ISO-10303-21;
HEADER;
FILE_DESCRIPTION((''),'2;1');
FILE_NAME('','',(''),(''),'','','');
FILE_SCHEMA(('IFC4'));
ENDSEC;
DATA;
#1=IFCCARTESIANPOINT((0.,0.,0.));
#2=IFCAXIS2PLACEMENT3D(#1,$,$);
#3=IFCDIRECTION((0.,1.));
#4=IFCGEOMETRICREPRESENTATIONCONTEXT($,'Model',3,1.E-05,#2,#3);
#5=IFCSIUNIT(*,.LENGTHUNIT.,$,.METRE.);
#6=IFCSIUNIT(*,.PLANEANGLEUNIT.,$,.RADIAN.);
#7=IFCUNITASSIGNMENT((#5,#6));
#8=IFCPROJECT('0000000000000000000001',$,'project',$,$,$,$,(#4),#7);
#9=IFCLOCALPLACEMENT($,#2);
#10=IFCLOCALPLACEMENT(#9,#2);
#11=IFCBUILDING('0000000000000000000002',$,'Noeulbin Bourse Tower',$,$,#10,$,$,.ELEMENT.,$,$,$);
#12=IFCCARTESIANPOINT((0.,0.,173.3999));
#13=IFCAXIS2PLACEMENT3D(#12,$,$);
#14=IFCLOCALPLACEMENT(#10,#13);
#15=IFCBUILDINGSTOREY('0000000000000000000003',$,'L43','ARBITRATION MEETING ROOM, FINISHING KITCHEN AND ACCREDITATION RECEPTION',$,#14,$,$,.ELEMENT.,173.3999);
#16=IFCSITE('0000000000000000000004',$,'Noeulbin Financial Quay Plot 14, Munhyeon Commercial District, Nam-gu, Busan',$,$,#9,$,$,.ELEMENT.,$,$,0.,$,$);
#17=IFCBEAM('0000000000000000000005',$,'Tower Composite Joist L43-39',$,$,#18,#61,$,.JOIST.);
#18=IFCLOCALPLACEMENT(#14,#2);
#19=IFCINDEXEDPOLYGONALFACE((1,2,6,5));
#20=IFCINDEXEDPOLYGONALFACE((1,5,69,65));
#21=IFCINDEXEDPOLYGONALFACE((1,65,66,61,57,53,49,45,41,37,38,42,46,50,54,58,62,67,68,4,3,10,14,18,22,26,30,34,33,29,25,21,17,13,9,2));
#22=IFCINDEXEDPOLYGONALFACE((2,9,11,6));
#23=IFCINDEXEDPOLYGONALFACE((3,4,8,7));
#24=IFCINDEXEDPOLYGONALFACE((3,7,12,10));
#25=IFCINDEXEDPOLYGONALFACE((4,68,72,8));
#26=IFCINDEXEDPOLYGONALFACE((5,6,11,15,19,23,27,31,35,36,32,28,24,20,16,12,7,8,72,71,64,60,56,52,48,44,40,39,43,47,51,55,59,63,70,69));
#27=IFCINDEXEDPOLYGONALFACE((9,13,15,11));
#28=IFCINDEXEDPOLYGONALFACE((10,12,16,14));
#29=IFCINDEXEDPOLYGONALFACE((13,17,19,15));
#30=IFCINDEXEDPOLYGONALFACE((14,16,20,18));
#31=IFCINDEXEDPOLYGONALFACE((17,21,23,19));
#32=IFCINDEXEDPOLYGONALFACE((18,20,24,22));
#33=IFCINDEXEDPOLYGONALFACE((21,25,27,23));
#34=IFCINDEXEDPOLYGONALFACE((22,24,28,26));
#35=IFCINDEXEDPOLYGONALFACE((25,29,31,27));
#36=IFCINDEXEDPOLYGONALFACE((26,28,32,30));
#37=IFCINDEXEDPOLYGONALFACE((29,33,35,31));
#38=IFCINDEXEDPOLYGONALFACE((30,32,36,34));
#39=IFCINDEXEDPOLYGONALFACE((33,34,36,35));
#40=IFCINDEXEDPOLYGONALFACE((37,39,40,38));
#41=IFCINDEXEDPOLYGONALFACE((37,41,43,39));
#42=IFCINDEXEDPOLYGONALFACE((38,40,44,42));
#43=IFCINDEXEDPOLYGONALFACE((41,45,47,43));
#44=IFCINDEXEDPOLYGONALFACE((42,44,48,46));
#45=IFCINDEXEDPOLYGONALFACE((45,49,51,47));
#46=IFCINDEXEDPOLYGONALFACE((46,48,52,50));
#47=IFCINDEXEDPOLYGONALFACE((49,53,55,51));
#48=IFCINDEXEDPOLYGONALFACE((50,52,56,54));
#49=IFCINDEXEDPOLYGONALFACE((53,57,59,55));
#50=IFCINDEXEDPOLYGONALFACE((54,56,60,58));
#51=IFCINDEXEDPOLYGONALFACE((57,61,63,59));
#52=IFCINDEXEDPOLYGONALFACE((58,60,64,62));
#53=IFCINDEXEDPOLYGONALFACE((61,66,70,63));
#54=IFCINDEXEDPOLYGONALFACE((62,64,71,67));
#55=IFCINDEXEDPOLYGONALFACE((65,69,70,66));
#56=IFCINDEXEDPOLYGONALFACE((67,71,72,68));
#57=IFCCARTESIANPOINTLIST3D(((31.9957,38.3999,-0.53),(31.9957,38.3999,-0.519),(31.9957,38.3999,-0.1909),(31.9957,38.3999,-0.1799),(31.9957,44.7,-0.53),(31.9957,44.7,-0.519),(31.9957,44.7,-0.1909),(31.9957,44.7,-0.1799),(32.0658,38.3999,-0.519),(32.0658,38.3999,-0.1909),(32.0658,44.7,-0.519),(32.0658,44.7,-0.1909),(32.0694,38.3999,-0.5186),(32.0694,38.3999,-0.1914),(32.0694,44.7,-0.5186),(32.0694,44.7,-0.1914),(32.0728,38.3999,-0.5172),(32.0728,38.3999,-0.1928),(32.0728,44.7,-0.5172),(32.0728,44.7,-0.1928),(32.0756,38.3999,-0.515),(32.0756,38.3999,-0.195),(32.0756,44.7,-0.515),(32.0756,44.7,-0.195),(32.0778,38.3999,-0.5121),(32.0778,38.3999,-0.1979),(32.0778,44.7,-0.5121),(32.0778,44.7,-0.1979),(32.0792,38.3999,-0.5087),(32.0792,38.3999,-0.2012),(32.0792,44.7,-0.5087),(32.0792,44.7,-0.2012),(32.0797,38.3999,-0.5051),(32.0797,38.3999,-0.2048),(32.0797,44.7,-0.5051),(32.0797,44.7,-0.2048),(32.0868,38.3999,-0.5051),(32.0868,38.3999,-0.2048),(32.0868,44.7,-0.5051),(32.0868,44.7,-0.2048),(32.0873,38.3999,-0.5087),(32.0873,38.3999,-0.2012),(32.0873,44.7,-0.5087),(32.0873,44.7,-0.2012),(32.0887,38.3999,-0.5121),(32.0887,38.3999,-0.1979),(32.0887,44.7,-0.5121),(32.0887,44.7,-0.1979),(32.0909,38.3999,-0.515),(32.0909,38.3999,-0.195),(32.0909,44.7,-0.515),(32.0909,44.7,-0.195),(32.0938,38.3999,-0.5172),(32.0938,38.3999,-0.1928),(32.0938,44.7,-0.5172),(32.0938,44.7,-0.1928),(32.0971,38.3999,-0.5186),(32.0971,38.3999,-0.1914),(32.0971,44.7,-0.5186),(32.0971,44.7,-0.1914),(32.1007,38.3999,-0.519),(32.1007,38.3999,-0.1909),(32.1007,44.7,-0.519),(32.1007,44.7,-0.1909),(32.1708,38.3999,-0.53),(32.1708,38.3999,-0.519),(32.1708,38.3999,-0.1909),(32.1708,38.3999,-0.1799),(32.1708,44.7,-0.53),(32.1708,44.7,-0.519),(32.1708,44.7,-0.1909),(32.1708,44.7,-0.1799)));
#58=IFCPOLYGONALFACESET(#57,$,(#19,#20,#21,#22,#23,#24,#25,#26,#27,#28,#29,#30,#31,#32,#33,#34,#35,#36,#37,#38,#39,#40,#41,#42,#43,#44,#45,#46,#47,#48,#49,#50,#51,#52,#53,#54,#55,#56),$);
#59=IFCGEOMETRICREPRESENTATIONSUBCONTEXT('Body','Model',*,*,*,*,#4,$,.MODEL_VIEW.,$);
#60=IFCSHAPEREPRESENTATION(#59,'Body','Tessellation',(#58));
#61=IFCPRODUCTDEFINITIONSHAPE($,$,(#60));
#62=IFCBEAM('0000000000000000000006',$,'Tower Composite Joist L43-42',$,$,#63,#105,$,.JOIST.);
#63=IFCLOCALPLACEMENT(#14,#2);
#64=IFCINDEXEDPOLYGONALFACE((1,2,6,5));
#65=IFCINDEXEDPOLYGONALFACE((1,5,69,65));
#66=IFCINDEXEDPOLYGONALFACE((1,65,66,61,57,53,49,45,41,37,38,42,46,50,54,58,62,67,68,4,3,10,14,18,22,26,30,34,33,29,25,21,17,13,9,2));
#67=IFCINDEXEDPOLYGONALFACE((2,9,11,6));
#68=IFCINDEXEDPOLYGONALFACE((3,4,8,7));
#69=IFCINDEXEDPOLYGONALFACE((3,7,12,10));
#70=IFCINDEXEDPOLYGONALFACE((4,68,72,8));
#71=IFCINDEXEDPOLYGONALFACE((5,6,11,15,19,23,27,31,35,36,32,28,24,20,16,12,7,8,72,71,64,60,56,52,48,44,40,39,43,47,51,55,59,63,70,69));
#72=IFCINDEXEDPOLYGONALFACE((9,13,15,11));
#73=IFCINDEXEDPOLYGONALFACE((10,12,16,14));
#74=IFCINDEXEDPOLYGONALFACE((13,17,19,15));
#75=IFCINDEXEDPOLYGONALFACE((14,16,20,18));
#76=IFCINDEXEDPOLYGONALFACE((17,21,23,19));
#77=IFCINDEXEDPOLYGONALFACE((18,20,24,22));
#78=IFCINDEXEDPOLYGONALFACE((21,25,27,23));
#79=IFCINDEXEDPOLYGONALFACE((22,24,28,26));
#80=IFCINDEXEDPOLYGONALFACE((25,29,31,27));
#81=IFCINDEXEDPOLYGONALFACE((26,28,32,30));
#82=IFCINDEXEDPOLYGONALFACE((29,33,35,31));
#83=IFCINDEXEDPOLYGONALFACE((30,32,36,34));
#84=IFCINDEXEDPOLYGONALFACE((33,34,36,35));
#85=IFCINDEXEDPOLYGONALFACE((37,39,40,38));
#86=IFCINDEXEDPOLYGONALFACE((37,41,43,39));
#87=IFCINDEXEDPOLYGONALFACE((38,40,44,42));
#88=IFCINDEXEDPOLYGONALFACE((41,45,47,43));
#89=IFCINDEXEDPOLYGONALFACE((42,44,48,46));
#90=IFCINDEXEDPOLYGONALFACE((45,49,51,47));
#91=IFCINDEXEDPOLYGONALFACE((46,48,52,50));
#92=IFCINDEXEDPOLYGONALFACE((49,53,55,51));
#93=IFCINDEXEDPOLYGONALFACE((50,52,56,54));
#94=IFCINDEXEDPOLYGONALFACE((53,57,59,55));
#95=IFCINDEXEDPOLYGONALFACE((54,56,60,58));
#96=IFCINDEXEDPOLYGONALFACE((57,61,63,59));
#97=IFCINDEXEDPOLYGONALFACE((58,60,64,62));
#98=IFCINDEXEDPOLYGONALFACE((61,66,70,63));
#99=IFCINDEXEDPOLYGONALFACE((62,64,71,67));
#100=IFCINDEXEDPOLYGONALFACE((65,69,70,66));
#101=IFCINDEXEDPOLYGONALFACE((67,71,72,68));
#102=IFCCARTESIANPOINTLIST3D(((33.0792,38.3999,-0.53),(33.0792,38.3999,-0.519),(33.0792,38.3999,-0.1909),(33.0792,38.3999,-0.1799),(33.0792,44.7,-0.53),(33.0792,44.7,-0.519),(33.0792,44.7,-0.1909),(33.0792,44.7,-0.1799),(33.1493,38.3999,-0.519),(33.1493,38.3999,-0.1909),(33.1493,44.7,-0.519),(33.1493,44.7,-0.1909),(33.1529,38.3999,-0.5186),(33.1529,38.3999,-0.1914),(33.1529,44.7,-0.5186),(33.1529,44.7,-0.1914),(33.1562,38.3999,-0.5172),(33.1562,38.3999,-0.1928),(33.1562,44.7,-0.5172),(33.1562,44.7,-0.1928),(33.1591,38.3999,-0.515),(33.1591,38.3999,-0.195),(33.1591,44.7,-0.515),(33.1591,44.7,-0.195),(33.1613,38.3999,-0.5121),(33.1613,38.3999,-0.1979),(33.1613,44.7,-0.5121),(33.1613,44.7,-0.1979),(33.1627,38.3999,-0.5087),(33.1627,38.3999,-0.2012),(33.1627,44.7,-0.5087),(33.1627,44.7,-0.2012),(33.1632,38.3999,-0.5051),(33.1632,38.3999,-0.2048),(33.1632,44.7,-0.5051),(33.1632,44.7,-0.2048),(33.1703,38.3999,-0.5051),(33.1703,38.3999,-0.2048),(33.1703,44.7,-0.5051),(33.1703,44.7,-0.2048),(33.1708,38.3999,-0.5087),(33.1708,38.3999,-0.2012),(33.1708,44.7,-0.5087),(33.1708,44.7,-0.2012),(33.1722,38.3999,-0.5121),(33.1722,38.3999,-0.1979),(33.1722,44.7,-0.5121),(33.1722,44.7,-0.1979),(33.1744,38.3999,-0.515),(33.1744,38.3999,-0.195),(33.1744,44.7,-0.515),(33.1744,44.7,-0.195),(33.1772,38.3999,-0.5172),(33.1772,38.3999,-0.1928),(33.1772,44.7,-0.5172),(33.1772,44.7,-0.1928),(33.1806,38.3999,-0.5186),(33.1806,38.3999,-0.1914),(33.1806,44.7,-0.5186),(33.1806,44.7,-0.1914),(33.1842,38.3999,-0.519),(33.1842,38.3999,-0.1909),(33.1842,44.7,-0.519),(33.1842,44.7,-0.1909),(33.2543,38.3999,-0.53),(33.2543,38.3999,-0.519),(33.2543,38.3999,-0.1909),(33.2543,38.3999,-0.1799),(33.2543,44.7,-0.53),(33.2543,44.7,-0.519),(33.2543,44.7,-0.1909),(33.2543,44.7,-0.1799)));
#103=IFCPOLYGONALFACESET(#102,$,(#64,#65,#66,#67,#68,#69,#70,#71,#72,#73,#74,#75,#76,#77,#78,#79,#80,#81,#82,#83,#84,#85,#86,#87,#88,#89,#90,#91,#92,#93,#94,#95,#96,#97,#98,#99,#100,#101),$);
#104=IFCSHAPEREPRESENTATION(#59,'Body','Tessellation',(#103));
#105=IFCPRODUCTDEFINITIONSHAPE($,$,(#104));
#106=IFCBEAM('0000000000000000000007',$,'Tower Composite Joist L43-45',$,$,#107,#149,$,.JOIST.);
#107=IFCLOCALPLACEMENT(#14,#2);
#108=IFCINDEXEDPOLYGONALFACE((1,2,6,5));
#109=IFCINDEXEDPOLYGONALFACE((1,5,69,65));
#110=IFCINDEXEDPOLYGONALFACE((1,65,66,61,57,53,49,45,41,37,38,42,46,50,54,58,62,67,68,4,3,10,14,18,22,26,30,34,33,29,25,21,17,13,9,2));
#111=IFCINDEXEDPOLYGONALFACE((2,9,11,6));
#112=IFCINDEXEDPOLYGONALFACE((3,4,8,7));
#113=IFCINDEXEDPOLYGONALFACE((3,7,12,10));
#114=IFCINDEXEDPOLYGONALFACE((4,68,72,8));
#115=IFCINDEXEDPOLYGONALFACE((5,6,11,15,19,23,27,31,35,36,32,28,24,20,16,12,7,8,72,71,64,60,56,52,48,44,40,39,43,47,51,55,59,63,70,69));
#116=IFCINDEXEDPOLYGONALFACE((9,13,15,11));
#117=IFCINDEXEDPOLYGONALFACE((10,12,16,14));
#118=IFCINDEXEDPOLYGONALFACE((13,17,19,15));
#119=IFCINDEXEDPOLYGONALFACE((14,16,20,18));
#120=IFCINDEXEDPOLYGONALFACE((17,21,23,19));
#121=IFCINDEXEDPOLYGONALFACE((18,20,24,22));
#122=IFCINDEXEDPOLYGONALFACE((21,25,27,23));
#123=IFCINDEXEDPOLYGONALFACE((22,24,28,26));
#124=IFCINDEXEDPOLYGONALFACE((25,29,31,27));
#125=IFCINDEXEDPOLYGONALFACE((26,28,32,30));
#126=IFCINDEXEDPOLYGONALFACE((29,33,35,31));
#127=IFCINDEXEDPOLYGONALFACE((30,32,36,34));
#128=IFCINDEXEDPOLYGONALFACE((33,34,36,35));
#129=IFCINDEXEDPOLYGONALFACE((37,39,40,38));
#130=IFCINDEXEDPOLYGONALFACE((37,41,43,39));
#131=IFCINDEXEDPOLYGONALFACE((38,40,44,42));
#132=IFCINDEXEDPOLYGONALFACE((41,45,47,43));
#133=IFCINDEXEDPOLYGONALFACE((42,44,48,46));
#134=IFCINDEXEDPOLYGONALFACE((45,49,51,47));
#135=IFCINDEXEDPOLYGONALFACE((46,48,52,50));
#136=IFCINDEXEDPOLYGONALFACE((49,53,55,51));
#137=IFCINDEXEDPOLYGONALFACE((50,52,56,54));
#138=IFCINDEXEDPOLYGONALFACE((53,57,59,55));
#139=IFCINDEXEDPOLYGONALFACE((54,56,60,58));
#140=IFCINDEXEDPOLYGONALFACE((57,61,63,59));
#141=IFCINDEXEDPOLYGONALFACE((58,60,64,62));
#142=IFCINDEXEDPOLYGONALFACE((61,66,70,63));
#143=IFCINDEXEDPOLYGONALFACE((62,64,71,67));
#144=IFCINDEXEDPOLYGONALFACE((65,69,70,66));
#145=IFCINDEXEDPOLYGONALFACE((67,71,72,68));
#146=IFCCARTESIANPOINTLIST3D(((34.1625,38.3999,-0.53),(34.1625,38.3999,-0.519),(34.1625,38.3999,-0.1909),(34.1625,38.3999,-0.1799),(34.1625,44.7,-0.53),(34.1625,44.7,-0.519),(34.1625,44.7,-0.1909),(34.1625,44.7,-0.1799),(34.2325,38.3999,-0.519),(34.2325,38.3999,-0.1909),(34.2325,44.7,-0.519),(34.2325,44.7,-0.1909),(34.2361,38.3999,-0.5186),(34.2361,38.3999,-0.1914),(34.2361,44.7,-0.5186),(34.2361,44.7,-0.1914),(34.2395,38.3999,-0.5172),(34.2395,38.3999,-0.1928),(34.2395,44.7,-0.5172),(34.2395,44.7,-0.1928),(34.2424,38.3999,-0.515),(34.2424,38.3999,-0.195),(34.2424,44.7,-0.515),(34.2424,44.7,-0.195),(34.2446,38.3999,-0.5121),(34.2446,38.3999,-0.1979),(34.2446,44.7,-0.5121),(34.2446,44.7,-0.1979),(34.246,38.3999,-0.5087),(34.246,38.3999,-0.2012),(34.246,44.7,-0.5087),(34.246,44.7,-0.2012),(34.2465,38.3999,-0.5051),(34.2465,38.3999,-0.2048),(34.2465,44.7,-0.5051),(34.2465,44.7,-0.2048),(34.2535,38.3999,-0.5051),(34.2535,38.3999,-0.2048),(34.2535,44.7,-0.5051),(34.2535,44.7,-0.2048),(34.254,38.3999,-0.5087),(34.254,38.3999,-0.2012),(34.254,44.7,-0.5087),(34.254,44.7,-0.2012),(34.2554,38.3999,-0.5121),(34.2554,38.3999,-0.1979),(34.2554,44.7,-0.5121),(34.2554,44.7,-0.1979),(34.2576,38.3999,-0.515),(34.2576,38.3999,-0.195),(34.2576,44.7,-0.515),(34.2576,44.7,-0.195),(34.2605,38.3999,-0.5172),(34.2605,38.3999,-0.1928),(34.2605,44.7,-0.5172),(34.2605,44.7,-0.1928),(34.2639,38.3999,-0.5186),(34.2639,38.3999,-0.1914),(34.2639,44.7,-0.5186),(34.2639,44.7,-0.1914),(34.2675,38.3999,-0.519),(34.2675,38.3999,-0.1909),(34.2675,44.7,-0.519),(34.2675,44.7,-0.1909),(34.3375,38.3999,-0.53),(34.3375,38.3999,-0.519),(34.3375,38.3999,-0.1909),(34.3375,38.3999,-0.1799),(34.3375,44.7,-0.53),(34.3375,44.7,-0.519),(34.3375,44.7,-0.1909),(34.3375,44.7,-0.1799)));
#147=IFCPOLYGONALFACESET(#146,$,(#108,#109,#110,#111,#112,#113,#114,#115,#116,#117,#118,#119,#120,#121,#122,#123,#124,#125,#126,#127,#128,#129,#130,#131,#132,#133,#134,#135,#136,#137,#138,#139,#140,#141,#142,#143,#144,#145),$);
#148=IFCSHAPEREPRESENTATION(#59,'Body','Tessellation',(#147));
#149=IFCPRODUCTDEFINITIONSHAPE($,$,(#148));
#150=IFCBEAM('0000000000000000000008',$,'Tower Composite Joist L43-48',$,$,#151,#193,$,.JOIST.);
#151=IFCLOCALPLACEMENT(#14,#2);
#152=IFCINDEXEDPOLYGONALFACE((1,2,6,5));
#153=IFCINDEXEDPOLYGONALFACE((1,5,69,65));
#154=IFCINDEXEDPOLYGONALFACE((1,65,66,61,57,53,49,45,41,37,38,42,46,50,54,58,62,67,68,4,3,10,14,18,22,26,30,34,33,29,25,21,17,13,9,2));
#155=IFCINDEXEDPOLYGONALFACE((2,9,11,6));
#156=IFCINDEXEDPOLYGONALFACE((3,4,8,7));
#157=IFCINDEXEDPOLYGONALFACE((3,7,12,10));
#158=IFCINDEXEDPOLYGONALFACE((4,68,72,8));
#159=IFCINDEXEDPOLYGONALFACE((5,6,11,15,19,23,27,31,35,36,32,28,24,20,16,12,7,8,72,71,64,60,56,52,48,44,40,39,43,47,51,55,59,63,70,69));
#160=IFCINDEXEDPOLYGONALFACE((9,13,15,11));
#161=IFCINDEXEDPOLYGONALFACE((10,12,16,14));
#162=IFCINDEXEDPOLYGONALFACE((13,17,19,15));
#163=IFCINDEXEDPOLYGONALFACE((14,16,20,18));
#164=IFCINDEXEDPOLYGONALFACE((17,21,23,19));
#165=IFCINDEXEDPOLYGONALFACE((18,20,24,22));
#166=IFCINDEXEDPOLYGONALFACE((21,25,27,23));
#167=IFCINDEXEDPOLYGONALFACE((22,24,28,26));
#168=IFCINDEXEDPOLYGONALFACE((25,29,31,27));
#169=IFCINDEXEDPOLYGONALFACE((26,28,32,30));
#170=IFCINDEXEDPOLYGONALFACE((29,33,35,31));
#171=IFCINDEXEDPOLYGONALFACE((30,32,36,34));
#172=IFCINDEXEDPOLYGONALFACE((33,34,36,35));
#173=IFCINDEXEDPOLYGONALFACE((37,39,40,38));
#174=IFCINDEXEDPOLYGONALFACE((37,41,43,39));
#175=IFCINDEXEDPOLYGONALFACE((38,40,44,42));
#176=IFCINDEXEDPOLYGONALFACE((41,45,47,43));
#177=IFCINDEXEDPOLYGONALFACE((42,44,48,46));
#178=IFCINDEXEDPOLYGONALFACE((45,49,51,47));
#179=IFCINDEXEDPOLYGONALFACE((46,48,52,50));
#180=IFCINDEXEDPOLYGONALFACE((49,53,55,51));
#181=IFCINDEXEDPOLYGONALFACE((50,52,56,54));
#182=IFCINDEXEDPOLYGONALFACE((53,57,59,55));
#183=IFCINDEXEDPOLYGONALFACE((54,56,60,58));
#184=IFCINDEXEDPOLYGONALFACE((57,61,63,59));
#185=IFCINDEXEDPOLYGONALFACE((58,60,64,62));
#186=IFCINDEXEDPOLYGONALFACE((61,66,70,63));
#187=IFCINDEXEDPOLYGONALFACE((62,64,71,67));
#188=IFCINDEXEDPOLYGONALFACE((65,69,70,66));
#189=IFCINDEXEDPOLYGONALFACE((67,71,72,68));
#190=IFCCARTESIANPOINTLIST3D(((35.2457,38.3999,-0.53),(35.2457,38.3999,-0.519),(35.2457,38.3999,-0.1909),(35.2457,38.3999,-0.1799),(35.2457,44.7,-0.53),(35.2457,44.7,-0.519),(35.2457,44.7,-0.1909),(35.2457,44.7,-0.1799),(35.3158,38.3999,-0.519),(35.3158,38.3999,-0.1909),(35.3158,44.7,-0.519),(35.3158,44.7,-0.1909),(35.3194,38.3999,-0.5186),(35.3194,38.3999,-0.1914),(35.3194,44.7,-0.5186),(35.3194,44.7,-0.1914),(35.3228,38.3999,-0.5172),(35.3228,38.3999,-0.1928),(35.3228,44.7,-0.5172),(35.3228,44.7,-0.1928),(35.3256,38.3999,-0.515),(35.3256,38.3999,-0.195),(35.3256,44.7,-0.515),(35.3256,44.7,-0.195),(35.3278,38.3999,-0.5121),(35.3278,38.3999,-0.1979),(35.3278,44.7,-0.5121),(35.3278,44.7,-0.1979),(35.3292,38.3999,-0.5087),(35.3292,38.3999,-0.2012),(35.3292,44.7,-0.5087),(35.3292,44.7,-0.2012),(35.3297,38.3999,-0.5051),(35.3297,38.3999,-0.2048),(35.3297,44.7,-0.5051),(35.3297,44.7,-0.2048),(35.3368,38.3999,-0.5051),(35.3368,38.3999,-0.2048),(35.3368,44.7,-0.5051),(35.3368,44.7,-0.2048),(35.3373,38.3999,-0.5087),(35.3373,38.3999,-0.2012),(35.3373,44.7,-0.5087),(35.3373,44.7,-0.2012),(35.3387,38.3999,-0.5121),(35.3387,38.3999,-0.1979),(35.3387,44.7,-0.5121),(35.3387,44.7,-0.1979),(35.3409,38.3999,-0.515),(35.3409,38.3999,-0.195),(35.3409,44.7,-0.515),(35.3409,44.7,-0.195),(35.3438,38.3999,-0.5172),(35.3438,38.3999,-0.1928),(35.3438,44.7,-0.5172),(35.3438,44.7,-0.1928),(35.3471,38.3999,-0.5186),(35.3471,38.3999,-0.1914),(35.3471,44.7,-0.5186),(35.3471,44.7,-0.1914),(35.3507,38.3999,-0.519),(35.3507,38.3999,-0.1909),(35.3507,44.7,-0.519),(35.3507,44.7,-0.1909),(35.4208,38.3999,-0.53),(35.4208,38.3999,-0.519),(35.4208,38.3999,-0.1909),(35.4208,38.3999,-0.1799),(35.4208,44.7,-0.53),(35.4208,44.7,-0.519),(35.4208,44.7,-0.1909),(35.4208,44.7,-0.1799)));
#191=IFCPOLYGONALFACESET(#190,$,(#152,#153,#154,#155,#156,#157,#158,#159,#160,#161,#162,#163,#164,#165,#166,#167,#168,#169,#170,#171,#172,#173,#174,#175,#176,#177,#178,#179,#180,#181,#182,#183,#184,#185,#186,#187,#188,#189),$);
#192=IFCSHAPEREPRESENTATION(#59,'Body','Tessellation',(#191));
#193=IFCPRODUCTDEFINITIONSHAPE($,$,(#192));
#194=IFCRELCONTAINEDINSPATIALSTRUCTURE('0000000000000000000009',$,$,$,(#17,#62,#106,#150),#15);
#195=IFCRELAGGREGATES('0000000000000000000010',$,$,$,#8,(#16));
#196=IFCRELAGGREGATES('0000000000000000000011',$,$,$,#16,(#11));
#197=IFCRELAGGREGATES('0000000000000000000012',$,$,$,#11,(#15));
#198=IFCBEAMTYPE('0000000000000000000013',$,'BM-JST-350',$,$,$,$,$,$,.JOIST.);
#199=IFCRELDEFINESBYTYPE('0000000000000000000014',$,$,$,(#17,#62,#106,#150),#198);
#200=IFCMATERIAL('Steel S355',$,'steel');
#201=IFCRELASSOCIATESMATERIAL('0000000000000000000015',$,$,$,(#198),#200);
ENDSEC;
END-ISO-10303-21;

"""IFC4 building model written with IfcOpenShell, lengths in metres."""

from ifc_helpers import new_model, si_unit, direction, frame, origin, origin_2d, place, context, subcontext, project, spatial, i_section, extrude, material, material_profile, profile_set, type_object, element, save


model = new_model("IFC4")

# Units and contexts
model_context = context("Model", 3, precision=1e-05, world=origin(), true_north=direction((0.0, 1.0)))
body_context = subcontext(model_context, "Body", "Model", "MODEL_VIEW")
ifc_project = project(units=[si_unit("LENGTHUNIT", "METRE"), si_unit("PLANEANGLEUNIT", "RADIAN")], contexts=[model_context])

# Site, building, storey
site_placement = place(None, origin())
site = spatial("IfcSite", under=ifc_project, at=site_placement, Name="Noeulbin Financial Quay Plot 14, Munhyeon Commercial District, Nam-gu, Busan", CompositionType="ELEMENT", RefElevation=0.0)
building_placement = place(site_placement, origin())
building = spatial("IfcBuilding", under=site, at=building_placement, Name="Noeulbin Bourse Tower", CompositionType="ELEMENT")
storey_placement = place(building_placement, frame((0.0, 0.0, 173.3999)))
storey = spatial("IfcBuildingStorey", under=building, at=storey_placement, Name="L43", Description="ARBITRATION MEETING ROOM, FINISHING KITCHEN AND ACCREDITATION RECEPTION", CompositionType="ELEMENT", Elevation=173.3999)

# Shared definitions
ifc_material_1 = material(Name="Steel S355", Category="steel")

# Beams
ifc_material_profile_1 = material_profile(ifc_material_1, i_section(OverallWidth=0.175, OverallDepth=0.3501, WebThickness=0.0071, FlangeThickness=0.011, FilletRadius=0.0139, at=origin_2d()), Name="H-350x175x7x11", Category="LoadBearing")
ifc_profile_set_1 = profile_set([ifc_material_profile_1], Name="Steel S355")
beam_type_1 = type_object("IfcBeamType", Name="BM-JST-350", PredefinedType="JOIST", material=ifc_profile_set_1)
for number, where, z_axis, x_axis, name in (
    (1, (32.0833, 38.3999, -0.355), (0.0, 1.0, 0.0), (-1.0, 0.0, 0.0), "Tower Composite Joist L43-39"),
    (2, (33.1667, 38.3999, -0.355), (0.0, 1.0, 0.0), (-1.0, 0.0, 0.0), "Tower Composite Joist L43-42"),
    (3, (34.25, 38.3999, -0.355), (0.0, 1.0, 0.0), (-1.0, 0.0, 0.0), "Tower Composite Joist L43-45"),
    (4, (35.3333, 38.3999, -0.355), (0.0, 1.0, 0.0), (-1.0, 0.0, 0.0), "Tower Composite Joist L43-48"),
):
    element("IfcBeam", number, at=place(storey_placement, frame(where, z_axis=z_axis, x_axis=x_axis)), inside=storey, type_object=beam_type_1, Name=name, PredefinedType="JOIST", context=body_context, shape_type="SweptSolid", body=[
        extrude(i_section(OverallWidth=0.175, OverallDepth=0.3501, WebThickness=0.0071, FlangeThickness=0.011, FilletRadius=0.0139, at=origin_2d()), origin(), (0.0, 0.0, 1.0), 6.3),
    ])

save(model, "model.ifc")
